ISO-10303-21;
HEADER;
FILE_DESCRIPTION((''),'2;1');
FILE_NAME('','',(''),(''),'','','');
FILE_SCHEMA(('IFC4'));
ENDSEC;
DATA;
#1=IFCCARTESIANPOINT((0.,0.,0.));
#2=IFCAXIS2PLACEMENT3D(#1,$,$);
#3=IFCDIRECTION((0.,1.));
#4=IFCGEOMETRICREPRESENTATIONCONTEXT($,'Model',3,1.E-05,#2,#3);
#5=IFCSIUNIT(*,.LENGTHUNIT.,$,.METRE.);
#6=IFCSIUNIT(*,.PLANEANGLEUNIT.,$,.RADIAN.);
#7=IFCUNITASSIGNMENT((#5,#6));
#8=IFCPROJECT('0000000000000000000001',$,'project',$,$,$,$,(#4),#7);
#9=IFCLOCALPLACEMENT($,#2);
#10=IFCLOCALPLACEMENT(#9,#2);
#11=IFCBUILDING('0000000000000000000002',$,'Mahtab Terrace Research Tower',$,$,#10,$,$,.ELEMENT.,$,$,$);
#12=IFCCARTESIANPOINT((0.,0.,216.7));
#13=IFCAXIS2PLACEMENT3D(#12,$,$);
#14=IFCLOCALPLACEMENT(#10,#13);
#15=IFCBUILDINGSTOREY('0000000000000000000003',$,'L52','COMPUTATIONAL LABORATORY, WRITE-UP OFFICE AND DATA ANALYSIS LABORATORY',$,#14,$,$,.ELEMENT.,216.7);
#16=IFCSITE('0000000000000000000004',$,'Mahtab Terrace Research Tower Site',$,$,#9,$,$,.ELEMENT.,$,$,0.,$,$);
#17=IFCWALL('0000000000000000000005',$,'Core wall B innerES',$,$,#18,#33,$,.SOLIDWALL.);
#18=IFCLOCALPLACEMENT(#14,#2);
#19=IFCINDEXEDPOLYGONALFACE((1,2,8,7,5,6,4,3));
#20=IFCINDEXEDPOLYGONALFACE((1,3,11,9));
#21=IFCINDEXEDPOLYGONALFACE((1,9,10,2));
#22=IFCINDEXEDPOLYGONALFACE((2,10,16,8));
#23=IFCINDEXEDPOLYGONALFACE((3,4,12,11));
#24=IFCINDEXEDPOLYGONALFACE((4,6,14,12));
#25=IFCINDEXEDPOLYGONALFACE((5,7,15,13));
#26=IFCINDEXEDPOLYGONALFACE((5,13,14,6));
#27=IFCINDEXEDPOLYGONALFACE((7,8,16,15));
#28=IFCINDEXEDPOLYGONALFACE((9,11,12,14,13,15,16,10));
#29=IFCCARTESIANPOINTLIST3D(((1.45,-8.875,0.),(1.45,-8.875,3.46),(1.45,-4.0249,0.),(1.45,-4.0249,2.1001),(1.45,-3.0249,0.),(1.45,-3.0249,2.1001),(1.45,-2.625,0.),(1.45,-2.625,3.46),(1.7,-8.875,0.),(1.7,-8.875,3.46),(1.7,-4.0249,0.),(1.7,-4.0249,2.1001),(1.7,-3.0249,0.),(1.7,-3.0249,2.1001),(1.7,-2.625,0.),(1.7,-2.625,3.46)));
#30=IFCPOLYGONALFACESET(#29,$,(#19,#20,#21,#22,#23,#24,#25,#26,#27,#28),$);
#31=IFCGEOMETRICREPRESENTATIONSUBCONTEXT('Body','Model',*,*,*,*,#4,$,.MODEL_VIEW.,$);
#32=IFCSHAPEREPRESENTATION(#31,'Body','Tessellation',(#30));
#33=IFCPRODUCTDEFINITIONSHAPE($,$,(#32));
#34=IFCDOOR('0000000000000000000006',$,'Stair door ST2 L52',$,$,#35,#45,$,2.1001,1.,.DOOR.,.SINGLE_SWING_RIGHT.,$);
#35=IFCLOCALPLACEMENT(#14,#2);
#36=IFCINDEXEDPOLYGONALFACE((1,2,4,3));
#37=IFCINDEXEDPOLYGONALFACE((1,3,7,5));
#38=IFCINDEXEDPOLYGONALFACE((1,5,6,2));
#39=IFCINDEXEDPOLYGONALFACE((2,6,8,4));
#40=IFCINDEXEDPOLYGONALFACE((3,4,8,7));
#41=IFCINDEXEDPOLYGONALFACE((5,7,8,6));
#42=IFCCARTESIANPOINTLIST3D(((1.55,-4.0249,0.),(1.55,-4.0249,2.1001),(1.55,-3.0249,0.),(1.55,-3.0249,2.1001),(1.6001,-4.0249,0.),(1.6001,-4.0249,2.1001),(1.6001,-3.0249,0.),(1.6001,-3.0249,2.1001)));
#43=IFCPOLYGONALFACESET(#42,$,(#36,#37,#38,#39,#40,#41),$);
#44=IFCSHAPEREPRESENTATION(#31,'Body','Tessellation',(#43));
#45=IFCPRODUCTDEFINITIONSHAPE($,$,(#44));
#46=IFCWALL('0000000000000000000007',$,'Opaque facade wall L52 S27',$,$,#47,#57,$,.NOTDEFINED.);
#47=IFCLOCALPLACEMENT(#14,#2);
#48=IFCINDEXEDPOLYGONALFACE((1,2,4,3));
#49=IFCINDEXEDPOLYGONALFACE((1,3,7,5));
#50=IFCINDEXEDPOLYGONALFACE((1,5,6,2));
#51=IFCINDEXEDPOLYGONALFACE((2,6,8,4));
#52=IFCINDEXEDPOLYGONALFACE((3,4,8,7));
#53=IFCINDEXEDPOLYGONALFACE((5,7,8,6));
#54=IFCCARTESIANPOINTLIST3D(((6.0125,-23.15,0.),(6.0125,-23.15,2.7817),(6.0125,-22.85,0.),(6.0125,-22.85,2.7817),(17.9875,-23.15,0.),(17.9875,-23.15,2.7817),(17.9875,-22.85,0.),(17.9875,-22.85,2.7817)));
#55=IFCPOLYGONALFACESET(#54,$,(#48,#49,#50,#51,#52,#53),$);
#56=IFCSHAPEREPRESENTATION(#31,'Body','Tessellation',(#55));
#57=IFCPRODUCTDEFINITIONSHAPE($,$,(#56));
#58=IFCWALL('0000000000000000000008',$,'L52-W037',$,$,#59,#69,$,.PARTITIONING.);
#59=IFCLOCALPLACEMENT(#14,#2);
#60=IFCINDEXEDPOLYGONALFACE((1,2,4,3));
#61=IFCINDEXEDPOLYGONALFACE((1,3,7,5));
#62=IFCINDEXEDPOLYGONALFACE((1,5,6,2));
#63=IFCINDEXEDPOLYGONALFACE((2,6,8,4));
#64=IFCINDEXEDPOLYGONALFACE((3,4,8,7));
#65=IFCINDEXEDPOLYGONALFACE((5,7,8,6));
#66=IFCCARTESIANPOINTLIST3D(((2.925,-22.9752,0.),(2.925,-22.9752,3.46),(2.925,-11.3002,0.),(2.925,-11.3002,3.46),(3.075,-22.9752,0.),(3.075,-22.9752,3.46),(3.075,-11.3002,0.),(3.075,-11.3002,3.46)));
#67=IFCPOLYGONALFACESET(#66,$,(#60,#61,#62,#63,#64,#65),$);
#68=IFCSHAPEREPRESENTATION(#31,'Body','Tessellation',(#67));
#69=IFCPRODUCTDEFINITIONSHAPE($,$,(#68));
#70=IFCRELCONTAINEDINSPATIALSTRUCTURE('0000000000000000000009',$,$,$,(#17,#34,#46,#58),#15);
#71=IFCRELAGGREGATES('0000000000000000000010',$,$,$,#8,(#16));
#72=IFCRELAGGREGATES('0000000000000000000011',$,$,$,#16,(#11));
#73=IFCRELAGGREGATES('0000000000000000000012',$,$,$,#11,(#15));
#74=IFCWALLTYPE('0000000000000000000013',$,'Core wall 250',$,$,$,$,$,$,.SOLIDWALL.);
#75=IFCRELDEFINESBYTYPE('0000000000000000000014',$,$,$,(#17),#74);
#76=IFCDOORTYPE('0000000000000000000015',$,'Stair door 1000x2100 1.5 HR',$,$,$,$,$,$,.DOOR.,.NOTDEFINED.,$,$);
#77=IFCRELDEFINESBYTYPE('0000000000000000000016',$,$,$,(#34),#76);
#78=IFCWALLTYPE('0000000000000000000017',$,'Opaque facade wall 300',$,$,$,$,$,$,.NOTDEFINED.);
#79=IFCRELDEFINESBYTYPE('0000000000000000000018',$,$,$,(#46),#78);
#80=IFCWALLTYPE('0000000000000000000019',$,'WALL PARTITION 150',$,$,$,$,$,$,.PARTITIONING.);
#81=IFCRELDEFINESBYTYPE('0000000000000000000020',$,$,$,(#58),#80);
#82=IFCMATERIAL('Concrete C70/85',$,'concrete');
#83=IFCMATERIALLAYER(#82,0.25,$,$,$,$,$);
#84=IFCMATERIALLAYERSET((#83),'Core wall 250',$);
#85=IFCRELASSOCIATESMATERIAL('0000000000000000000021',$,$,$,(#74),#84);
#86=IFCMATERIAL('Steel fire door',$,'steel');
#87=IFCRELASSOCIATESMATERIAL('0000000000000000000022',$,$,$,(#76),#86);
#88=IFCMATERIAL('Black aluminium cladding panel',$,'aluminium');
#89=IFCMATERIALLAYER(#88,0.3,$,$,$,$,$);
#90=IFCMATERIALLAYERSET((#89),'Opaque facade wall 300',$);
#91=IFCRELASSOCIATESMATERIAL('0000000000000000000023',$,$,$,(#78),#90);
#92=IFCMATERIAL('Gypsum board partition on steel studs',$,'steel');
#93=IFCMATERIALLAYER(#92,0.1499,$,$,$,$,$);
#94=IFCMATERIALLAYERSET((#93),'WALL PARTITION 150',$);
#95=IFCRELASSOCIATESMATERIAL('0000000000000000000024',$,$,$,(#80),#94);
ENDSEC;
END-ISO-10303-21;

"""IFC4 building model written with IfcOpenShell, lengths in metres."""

from ifc_helpers import new_model, si_unit, direction, frame, frame_2d, origin, place, context, subcontext, project, spatial, rectangle, extrude, material, layer, layer_set, type_object, element, fill, save


model = new_model("IFC4")

# Units and contexts
model_context = context("Model", 3, precision=1e-05, world=origin(), true_north=direction((0.0, 1.0)))
body_context = subcontext(model_context, "Body", "Model", "MODEL_VIEW")
ifc_project = project(units=[si_unit("LENGTHUNIT", "METRE"), si_unit("PLANEANGLEUNIT", "RADIAN")], contexts=[model_context])

# Site, building, storey
site_placement = place(None, origin())
site = spatial("IfcSite", under=ifc_project, at=site_placement, Name="Mahtab Terrace Research Tower Site", CompositionType="ELEMENT", RefElevation=0.0)
building_placement = place(site_placement, origin())
building = spatial("IfcBuilding", under=site, at=building_placement, Name="Mahtab Terrace Research Tower", CompositionType="ELEMENT")
storey_placement = place(building_placement, frame((0.0, 0.0, 216.7)))
storey = spatial("IfcBuildingStorey", under=building, at=storey_placement, Name="L52", Description="COMPUTATIONAL LABORATORY, WRITE-UP OFFICE AND DATA ANALYSIS LABORATORY", CompositionType="ELEMENT", Elevation=216.7)

# Shared definitions
ifc_material_1 = material(Name="Concrete C70/85", Category="concrete")

# Shared definitions
ifc_layer_1 = layer(ifc_material_1, 0.25)
ifc_layer_set_1 = layer_set([ifc_layer_1], Name="Core wall 250")
wall_type_1 = type_object("IfcWallType", Name="Core wall 250", PredefinedType="SOLIDWALL", material=ifc_layer_set_1)

# Shared definitions
ifc_material_2 = material(Name="Steel fire door", Category="steel")

# Wall, opening, door
wall_1_placement = place(storey_placement, frame((1.575, -8.875, 0.0), z_axis=(0.0, 0.0, 1.0), x_axis=(0.0, 1.0, 0.0)))
wall_1 = element("IfcWall", 1, at=wall_1_placement, inside=storey, type_object=wall_type_1, Name="Core wall B innerES", PredefinedType="SOLIDWALL", context=body_context, shape_type="SweptSolid", body=[
    extrude(rectangle(XDim=6.25, YDim=0.25, at=frame_2d((3.125, 0.0))), origin(), (0.0, 0.0, 1.0), 3.46),
])
opening_1_placement = place(wall_1_placement, frame((4.8501, 0.0, 0.0)))
opening_1 = element("IfcOpeningElement", 2, at=opening_1_placement, cuts=wall_1, PredefinedType="OPENING", context=body_context, shape_type="SweptSolid", body=[
    extrude(rectangle(XDim=1.0, YDim=2.1001, at=frame_2d((0.5, 1.05))), frame((0.0, 0.135, 0.0), z_axis=(0.0, -1.0, 0.0), x_axis=(1.0, 0.0, 0.0)), (0.0, 0.0, 1.0), 0.27),
])
door_type_1 = type_object("IfcDoorType", Name="Stair door 1000x2100 1.5 HR", OperationType="NOTDEFINED", PredefinedType="DOOR", material=ifc_material_2)
door_1_placement = place(opening_1_placement, origin())
door_1 = element("IfcDoor", 3, at=door_1_placement, inside=storey, type_object=door_type_1, Name="Stair door ST2 L52", OperationType="SINGLE_SWING_RIGHT", OverallHeight=2.1001, OverallWidth=1.0, PredefinedType="DOOR", context=body_context, shape_type="SweptSolid", body=[
    extrude(rectangle(XDim=1.0, YDim=2.1001, at=frame_2d((0.5, 1.05))), frame((0.0, 0.0249, 0.0), z_axis=(0.0, -1.0, 0.0), x_axis=(1.0, 0.0, 0.0)), (0.0, 0.0, 1.0), 0.05),
])
fill(opening_1, door_1)

# Walls
ifc_material_3 = material(Name="Black aluminium cladding panel", Category="aluminium")
ifc_layer_2 = layer(ifc_material_3, 0.3)
ifc_layer_set_2 = layer_set([ifc_layer_2], Name="Opaque facade wall 300")
wall_type_2 = type_object("IfcWallType", Name="Opaque facade wall 300", PredefinedType="NOTDEFINED", material=ifc_layer_set_2)
wall_2_placement = place(storey_placement, frame((6.0125, -23.0, 0.0), z_axis=(0.0, 0.0, 1.0), x_axis=(1.0, 0.0, 0.0)))
element("IfcWall", 4, at=wall_2_placement, inside=storey, type_object=wall_type_2, Name="Opaque facade wall L52 S27", PredefinedType="NOTDEFINED", context=body_context, shape_type="SweptSolid", body=[
    extrude(rectangle(XDim=11.9751, YDim=0.3, at=frame_2d((5.9875, 0.0))), origin(), (0.0, 0.0, 1.0), 2.7817),
])
ifc_material_4 = material(Name="Gypsum board partition on steel studs", Category="steel")
ifc_layer_3 = layer(ifc_material_4, 0.1499)
ifc_layer_set_3 = layer_set([ifc_layer_3], Name="WALL PARTITION 150")
wall_type_3 = type_object("IfcWallType", Name="WALL PARTITION 150", PredefinedType="PARTITIONING", material=ifc_layer_set_3)
wall_3_placement = place(storey_placement, frame((3.0, -22.9751, 0.0), z_axis=(0.0, 0.0, 1.0), x_axis=(0.0, 1.0, 0.0)))
element("IfcWall", 5, at=wall_3_placement, inside=storey, type_object=wall_type_3, Name="L52-W037", PredefinedType="PARTITIONING", context=body_context, shape_type="SweptSolid", body=[
    extrude(rectangle(XDim=11.675, YDim=0.1499, at=frame_2d((5.8374, 0.0))), origin(), (0.0, 0.0, 1.0), 3.46),
])

save(model, "model.ifc")
